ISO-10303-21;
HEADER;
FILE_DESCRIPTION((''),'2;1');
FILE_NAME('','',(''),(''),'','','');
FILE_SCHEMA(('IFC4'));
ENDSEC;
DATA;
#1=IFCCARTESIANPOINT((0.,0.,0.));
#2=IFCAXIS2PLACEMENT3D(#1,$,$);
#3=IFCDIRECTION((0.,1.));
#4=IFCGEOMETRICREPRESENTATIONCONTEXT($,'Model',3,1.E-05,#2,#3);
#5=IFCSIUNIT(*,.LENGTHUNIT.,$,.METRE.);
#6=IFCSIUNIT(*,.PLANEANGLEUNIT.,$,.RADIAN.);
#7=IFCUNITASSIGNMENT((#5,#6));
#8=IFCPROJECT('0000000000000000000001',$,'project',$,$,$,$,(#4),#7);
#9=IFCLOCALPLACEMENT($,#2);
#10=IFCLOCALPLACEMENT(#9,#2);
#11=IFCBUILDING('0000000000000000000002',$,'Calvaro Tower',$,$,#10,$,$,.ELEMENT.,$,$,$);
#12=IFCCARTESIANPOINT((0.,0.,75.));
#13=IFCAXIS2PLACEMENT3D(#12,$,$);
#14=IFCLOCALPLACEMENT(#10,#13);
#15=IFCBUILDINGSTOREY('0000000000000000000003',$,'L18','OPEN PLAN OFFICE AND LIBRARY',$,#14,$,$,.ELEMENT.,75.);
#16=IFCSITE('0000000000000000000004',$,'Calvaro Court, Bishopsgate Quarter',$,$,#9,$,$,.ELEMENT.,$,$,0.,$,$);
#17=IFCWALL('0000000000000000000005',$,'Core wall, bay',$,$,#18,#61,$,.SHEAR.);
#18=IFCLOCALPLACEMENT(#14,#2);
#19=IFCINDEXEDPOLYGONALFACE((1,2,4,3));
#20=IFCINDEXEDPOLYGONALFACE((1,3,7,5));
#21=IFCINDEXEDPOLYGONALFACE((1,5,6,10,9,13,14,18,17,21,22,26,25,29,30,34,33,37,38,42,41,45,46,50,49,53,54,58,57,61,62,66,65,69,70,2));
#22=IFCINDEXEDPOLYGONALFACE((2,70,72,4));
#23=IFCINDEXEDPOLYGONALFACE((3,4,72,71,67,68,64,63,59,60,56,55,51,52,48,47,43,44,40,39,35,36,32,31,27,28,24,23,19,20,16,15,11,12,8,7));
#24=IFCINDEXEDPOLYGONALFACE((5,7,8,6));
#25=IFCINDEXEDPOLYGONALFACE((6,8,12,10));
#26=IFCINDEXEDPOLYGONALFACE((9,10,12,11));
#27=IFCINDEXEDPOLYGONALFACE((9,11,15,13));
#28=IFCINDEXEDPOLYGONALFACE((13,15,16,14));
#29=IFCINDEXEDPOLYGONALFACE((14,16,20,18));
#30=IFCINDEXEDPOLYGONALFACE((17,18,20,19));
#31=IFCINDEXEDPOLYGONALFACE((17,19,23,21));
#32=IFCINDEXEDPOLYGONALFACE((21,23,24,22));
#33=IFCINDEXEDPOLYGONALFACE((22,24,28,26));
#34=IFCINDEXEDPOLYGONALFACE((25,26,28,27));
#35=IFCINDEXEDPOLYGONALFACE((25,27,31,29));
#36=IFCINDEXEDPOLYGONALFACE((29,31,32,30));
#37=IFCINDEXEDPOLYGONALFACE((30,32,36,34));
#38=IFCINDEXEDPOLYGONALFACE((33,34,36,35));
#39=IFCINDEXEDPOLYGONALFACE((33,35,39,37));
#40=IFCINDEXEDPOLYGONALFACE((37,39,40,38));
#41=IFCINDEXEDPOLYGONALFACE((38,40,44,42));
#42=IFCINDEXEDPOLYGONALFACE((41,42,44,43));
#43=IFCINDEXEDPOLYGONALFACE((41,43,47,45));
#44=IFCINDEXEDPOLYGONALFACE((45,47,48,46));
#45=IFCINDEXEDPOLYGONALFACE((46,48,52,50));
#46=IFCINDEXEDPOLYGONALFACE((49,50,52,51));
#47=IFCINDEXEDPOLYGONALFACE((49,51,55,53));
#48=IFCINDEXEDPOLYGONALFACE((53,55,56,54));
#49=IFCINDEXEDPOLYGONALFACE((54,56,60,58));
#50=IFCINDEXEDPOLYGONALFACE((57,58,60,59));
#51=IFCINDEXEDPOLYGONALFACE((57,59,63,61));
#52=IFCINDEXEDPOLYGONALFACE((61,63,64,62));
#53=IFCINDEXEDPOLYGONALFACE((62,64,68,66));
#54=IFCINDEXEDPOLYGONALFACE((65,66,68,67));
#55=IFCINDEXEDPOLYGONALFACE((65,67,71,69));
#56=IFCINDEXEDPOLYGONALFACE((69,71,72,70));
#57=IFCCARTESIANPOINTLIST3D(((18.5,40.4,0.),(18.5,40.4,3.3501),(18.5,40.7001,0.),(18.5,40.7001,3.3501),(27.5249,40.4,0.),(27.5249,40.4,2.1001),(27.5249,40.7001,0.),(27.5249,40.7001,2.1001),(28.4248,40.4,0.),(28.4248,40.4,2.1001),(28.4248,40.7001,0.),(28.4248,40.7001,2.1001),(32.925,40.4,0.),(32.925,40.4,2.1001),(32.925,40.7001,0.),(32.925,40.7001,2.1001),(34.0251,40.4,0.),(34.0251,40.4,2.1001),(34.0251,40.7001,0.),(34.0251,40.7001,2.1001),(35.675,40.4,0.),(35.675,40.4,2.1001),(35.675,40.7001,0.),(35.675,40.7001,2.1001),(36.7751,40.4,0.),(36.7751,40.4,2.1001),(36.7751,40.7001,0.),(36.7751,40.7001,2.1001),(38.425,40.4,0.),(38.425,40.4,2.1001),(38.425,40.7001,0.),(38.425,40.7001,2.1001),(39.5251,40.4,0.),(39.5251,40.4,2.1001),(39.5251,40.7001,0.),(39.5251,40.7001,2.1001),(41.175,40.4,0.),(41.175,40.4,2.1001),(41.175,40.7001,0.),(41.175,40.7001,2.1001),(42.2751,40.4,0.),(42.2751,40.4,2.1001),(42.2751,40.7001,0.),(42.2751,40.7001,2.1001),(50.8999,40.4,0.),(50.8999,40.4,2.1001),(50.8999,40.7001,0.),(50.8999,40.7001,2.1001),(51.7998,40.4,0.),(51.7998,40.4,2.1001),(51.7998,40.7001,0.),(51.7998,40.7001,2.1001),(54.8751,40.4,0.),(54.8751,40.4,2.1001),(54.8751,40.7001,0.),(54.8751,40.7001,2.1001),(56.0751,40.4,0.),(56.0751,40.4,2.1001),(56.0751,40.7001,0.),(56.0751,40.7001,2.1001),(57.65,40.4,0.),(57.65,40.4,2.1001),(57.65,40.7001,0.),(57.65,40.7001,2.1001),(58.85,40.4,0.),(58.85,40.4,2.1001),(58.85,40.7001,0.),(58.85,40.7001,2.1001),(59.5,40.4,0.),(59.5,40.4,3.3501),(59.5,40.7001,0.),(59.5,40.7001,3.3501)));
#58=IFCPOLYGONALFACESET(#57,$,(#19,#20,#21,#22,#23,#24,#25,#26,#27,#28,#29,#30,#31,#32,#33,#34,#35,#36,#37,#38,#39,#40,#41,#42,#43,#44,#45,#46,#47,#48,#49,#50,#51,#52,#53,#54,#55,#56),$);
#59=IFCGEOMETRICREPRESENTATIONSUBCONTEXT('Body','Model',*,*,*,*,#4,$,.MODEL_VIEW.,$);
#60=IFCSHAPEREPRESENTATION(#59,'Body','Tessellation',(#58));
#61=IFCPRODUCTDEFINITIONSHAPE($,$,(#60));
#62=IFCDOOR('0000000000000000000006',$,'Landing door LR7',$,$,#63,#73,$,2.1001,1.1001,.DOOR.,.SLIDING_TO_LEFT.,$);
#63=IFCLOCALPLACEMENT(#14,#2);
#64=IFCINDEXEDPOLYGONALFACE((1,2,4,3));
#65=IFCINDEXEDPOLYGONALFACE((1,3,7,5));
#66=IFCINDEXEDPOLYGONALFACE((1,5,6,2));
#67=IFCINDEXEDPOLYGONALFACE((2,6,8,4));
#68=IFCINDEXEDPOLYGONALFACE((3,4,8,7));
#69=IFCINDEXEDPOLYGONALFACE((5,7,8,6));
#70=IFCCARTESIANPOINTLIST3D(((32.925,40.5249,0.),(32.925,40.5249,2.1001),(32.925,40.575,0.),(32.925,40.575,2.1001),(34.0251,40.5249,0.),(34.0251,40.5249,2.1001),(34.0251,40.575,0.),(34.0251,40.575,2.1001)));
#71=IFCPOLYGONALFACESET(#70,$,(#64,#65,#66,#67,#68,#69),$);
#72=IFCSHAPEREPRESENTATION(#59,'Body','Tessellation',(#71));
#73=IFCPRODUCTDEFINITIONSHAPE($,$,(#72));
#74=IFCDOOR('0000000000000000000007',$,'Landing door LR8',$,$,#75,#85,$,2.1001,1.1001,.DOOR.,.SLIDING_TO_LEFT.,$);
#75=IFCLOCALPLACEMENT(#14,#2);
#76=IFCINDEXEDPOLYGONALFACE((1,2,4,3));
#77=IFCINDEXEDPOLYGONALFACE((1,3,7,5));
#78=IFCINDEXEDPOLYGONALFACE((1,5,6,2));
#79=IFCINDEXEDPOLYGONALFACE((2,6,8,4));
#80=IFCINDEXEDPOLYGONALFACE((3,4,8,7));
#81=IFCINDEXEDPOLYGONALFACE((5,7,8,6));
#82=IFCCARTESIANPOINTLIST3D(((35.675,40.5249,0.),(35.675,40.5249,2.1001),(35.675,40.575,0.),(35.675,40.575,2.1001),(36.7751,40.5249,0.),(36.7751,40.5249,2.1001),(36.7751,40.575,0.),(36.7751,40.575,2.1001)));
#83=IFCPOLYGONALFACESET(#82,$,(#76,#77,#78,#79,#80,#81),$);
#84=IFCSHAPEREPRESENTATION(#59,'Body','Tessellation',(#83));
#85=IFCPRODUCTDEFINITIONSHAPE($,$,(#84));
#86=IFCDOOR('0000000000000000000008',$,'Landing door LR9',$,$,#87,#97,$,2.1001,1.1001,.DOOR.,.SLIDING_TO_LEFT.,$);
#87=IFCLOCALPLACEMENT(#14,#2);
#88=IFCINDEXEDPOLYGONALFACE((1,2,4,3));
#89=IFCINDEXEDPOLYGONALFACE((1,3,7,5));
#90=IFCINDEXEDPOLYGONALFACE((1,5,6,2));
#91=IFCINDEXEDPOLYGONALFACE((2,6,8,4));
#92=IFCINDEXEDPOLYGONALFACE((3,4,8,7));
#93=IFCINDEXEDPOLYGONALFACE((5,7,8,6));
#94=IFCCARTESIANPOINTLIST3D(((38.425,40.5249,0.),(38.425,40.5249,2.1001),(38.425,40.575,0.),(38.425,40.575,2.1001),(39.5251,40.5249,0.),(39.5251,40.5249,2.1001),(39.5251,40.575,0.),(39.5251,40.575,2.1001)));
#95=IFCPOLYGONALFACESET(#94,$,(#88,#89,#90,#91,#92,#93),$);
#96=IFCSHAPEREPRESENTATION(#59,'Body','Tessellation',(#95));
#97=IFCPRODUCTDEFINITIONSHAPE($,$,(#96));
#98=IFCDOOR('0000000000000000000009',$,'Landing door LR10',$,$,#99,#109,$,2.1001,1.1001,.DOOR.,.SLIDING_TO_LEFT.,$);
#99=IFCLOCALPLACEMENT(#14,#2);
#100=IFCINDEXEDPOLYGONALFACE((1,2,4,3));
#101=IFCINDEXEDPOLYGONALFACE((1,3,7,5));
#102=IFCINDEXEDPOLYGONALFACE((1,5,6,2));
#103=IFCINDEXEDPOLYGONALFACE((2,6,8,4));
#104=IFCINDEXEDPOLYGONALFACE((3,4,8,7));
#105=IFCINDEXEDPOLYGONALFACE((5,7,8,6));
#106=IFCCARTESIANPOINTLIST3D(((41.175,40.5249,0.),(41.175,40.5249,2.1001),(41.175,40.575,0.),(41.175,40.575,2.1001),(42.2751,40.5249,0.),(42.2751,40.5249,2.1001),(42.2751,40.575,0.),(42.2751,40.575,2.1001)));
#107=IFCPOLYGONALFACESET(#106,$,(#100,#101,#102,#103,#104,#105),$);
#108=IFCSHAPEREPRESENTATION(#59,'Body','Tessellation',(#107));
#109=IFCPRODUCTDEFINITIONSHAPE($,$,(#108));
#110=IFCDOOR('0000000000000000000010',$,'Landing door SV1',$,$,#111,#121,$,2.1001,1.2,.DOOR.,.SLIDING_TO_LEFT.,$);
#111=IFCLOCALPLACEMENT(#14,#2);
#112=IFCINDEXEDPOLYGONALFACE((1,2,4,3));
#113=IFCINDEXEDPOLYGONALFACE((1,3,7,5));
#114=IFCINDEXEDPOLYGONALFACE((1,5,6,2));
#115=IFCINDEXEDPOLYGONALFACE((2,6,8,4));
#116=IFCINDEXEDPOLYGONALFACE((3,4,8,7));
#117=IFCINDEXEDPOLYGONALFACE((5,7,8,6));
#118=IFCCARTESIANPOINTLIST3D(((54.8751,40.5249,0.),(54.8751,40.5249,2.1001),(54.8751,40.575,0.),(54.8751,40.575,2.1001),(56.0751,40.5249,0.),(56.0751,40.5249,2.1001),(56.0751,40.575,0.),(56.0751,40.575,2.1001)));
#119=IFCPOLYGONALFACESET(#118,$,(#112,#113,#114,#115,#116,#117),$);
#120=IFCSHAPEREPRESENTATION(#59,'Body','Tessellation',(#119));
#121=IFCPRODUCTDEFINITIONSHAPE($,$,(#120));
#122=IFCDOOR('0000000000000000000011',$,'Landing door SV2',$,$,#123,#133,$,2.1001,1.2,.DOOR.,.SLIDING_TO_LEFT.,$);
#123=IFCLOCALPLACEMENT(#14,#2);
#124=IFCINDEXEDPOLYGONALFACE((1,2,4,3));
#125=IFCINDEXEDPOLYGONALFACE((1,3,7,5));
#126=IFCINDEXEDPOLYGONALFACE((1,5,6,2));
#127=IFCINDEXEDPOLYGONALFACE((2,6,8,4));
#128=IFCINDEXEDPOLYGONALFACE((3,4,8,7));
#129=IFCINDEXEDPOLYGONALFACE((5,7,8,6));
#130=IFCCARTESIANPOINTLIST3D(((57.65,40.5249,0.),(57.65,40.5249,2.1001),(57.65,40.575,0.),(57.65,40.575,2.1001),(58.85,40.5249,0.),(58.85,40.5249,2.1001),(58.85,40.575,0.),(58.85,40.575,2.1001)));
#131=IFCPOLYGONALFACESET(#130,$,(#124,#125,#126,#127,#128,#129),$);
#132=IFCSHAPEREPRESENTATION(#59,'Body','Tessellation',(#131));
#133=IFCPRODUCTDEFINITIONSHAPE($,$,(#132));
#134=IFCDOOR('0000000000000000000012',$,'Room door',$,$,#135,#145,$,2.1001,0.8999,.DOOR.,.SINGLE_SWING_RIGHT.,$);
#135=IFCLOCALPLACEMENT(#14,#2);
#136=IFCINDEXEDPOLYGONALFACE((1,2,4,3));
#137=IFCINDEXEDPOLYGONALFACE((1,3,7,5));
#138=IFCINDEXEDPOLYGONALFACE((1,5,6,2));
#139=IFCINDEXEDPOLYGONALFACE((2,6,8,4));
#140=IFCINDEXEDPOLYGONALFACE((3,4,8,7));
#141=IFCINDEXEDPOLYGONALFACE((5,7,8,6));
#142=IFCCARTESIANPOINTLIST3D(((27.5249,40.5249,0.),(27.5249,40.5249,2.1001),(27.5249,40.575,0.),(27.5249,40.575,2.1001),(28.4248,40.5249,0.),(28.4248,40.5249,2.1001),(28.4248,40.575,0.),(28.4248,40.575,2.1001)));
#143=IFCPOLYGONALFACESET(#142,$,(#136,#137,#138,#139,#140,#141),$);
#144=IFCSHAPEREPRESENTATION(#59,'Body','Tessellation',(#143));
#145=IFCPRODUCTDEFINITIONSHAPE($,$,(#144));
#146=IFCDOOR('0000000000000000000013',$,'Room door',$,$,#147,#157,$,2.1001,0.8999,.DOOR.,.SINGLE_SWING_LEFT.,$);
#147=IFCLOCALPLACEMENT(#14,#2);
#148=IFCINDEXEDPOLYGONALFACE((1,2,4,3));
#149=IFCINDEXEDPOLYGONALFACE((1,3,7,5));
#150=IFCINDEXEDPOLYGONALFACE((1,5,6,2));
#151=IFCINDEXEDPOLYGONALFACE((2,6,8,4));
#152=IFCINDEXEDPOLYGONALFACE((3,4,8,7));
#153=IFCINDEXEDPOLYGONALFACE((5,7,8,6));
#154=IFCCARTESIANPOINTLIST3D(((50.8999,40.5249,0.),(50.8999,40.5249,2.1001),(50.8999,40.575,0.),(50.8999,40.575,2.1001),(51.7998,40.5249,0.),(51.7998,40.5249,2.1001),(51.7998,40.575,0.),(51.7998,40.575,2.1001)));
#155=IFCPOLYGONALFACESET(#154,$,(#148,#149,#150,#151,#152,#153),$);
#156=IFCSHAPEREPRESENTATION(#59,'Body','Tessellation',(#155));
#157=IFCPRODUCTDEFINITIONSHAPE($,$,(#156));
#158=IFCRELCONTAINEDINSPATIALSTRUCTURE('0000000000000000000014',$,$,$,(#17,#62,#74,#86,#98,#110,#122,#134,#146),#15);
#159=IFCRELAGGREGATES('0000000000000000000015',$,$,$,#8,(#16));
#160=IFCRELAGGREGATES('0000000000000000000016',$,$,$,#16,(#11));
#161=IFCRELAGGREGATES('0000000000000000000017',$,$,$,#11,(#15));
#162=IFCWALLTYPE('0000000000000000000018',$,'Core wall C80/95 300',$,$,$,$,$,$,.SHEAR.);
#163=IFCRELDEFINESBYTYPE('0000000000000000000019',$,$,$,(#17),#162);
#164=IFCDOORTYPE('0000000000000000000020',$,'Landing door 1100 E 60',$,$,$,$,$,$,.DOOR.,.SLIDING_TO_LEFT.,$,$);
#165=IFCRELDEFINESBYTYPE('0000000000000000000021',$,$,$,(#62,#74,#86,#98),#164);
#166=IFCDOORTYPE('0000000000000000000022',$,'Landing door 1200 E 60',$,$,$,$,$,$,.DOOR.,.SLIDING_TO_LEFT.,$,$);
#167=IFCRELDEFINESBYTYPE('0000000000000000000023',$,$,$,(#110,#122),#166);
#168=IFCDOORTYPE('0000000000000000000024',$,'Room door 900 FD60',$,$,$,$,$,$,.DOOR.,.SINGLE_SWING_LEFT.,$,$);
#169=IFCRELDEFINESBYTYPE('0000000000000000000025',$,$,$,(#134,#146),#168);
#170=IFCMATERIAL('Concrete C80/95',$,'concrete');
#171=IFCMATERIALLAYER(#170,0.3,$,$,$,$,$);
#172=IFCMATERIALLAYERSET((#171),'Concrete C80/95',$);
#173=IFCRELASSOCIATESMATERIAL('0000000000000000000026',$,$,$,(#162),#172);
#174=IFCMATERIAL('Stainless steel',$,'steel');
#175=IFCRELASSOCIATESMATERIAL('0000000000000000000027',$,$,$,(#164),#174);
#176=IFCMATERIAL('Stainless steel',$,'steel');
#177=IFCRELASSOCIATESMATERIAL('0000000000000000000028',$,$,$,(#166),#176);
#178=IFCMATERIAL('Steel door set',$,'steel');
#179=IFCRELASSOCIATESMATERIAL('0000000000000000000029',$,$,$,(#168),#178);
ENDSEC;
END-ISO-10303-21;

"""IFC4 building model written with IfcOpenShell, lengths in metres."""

from ifc_helpers import new_model, si_unit, direction, frame, frame_2d, origin, place, context, subcontext, project, spatial, rectangle, extrude, material, layer, layer_set, type_object, element, fill, save


model = new_model("IFC4")

# Units and contexts
model_context = context("Model", 3, precision=1e-05, world=origin(), true_north=direction((0.0, 1.0)))
body_context = subcontext(model_context, "Body", "Model", "MODEL_VIEW")
ifc_project = project(units=[si_unit("LENGTHUNIT", "METRE"), si_unit("PLANEANGLEUNIT", "RADIAN")], contexts=[model_context])

# Site, building, storey
site_placement = place(None, origin())
site = spatial("IfcSite", under=ifc_project, at=site_placement, Name="Calvaro Court, Bishopsgate Quarter", CompositionType="ELEMENT", RefElevation=0.0)
building_placement = place(site_placement, origin())
building = spatial("IfcBuilding", under=site, at=building_placement, Name="Calvaro Tower", CompositionType="ELEMENT")
storey_placement = place(building_placement, frame((0.0, 0.0, 75.0)))
storey = spatial("IfcBuildingStorey", under=building, at=storey_placement, Name="L18", Description="OPEN PLAN OFFICE AND LIBRARY", CompositionType="ELEMENT", Elevation=75.0)

# Shared definitions
ifc_material_1 = material(Name="Concrete C80/95", Category="concrete")
ifc_layer_1 = layer(ifc_material_1, 0.3)
ifc_layer_set_1 = layer_set([ifc_layer_1], Name="Concrete C80/95")
wall_type_1 = type_object("IfcWallType", Name="Core wall C80/95 300", PredefinedType="SHEAR", material=ifc_layer_set_1)
ifc_material_2 = material(Name="Stainless steel", Category="steel")
door_type_1 = type_object("IfcDoorType", Name="Landing door 1100 E 60", OperationType="SLIDING_TO_LEFT", PredefinedType="DOOR", material=ifc_material_2)

# Wall, openings, doors
wall_1_placement = place(storey_placement, frame((18.5, 40.55, 0.0), z_axis=(0.0, 0.0, 1.0), x_axis=(1.0, 0.0, 0.0)))
wall_1 = element("IfcWall", 1, at=wall_1_placement, inside=storey, type_object=wall_type_1, Name="Core wall, bay", PredefinedType="SHEAR", context=body_context, shape_type="SweptSolid", body=[
    extrude(rectangle(XDim=41.0, YDim=0.3, at=frame_2d((20.5, 0.0))), origin(), (0.0, 0.0, 1.0), 3.3501),
])
opening_1_placement = place(wall_1_placement, frame((9.0249, 0.0, 0.0)))
opening_1 = element("IfcOpeningElement", 2, at=opening_1_placement, cuts=wall_1, PredefinedType="OPENING", context=body_context, shape_type="SweptSolid", body=[
    extrude(rectangle(XDim=0.8999, YDim=2.1001, at=frame_2d((0.45, 1.05))), frame((0.0, 0.1599, 0.0), z_axis=(0.0, -1.0, 0.0), x_axis=(1.0, 0.0, 0.0)), (0.0, 0.0, 1.0), 0.3201),
])
opening_2_placement = place(wall_1_placement, frame((32.3999, 0.0, 0.0)))
opening_2 = element("IfcOpeningElement", 3, at=opening_2_placement, cuts=wall_1, PredefinedType="OPENING", context=body_context, shape_type="SweptSolid", body=[
    extrude(rectangle(XDim=0.8999, YDim=2.1001, at=frame_2d((0.45, 1.05))), frame((0.0, 0.1599, 0.0), z_axis=(0.0, -1.0, 0.0), x_axis=(1.0, 0.0, 0.0)), (0.0, 0.0, 1.0), 0.3201),
])
opening_3_placement = place(wall_1_placement, frame((14.425, 0.0, 0.0)))
opening_3 = element("IfcOpeningElement", 4, at=opening_3_placement, cuts=wall_1, PredefinedType="OPENING", context=body_context, shape_type="SweptSolid", body=[
    extrude(rectangle(XDim=1.1001, YDim=2.1001, at=frame_2d((0.55, 1.05))), frame((0.0, 0.1599, 0.0), z_axis=(0.0, -1.0, 0.0), x_axis=(1.0, 0.0, 0.0)), (0.0, 0.0, 1.0), 0.3201),
])
opening_4_placement = place(wall_1_placement, frame((17.175, 0.0, 0.0)))
opening_4 = element("IfcOpeningElement", 5, at=opening_4_placement, cuts=wall_1, PredefinedType="OPENING", context=body_context, shape_type="SweptSolid", body=[
    extrude(rectangle(XDim=1.1001, YDim=2.1001, at=frame_2d((0.55, 1.05))), frame((0.0, 0.1599, 0.0), z_axis=(0.0, -1.0, 0.0), x_axis=(1.0, 0.0, 0.0)), (0.0, 0.0, 1.0), 0.3201),
])
opening_5_placement = place(wall_1_placement, frame((19.925, 0.0, 0.0)))
opening_5 = element("IfcOpeningElement", 6, at=opening_5_placement, cuts=wall_1, PredefinedType="OPENING", context=body_context, shape_type="SweptSolid", body=[
    extrude(rectangle(XDim=1.1001, YDim=2.1001, at=frame_2d((0.55, 1.05))), frame((0.0, 0.1599, 0.0), z_axis=(0.0, -1.0, 0.0), x_axis=(1.0, 0.0, 0.0)), (0.0, 0.0, 1.0), 0.3201),
])
opening_6_placement = place(wall_1_placement, frame((22.675, 0.0, 0.0)))
opening_6 = element("IfcOpeningElement", 7, at=opening_6_placement, cuts=wall_1, PredefinedType="OPENING", context=body_context, shape_type="SweptSolid", body=[
    extrude(rectangle(XDim=1.1001, YDim=2.1001, at=frame_2d((0.55, 1.05))), frame((0.0, 0.1599, 0.0), z_axis=(0.0, -1.0, 0.0), x_axis=(1.0, 0.0, 0.0)), (0.0, 0.0, 1.0), 0.3201),
])
opening_7_placement = place(wall_1_placement, frame((36.375, 0.0, 0.0)))
opening_7 = element("IfcOpeningElement", 8, at=opening_7_placement, cuts=wall_1, PredefinedType="OPENING", context=body_context, shape_type="SweptSolid", body=[
    extrude(rectangle(XDim=1.2, YDim=2.1001, at=frame_2d((0.6001, 1.05))), frame((0.0, 0.1599, 0.0), z_axis=(0.0, -1.0, 0.0), x_axis=(1.0, 0.0, 0.0)), (0.0, 0.0, 1.0), 0.3201),
])
opening_8_placement = place(wall_1_placement, frame((39.1499, 0.0, 0.0)))
opening_8 = element("IfcOpeningElement", 9, at=opening_8_placement, cuts=wall_1, PredefinedType="OPENING", context=body_context, shape_type="SweptSolid", body=[
    extrude(rectangle(XDim=1.2, YDim=2.1001, at=frame_2d((0.6001, 1.05))), frame((0.0, 0.1599, 0.0), z_axis=(0.0, -1.0, 0.0), x_axis=(1.0, 0.0, 0.0)), (0.0, 0.0, 1.0), 0.3201),
])
door_1_placement = place(opening_3_placement, origin())
door_1 = element("IfcDoor", 10, at=door_1_placement, inside=storey, type_object=door_type_1, Name="Landing door LR7", OperationType="SLIDING_TO_LEFT", OverallHeight=2.1001, OverallWidth=1.1001, PredefinedType="DOOR", context=body_context, shape_type="SweptSolid", body=[
    extrude(rectangle(XDim=1.1001, YDim=2.1001, at=frame_2d((0.55, 1.05))), frame((0.0, 0.0249, 0.0), z_axis=(0.0, -1.0, 0.0), x_axis=(1.0, 0.0, 0.0)), (0.0, 0.0, 1.0), 0.05),
])
fill(opening_3, door_1)
door_2_placement = place(opening_4_placement, origin())
door_2 = element("IfcDoor", 11, at=door_2_placement, inside=storey, type_object=door_type_1, Name="Landing door LR8", OperationType="SLIDING_TO_LEFT", OverallHeight=2.1001, OverallWidth=1.1001, PredefinedType="DOOR", context=body_context, shape_type="SweptSolid", body=[
    extrude(rectangle(XDim=1.1001, YDim=2.1001, at=frame_2d((0.55, 1.05))), frame((0.0, 0.0249, 0.0), z_axis=(0.0, -1.0, 0.0), x_axis=(1.0, 0.0, 0.0)), (0.0, 0.0, 1.0), 0.05),
])
fill(opening_4, door_2)
door_3_placement = place(opening_5_placement, origin())
door_3 = element("IfcDoor", 12, at=door_3_placement, inside=storey, type_object=door_type_1, Name="Landing door LR9", OperationType="SLIDING_TO_LEFT", OverallHeight=2.1001, OverallWidth=1.1001, PredefinedType="DOOR", context=body_context, shape_type="SweptSolid", body=[
    extrude(rectangle(XDim=1.1001, YDim=2.1001, at=frame_2d((0.55, 1.05))), frame((0.0, 0.0249, 0.0), z_axis=(0.0, -1.0, 0.0), x_axis=(1.0, 0.0, 0.0)), (0.0, 0.0, 1.0), 0.05),
])
fill(opening_5, door_3)
door_4_placement = place(opening_6_placement, origin())
door_4 = element("IfcDoor", 13, at=door_4_placement, inside=storey, type_object=door_type_1, Name="Landing door LR10", OperationType="SLIDING_TO_LEFT", OverallHeight=2.1001, OverallWidth=1.1001, PredefinedType="DOOR", context=body_context, shape_type="SweptSolid", body=[
    extrude(rectangle(XDim=1.1001, YDim=2.1001, at=frame_2d((0.55, 1.05))), frame((0.0, 0.0249, 0.0), z_axis=(0.0, -1.0, 0.0), x_axis=(1.0, 0.0, 0.0)), (0.0, 0.0, 1.0), 0.05),
])
fill(opening_6, door_4)
ifc_material_3 = material(Name="Stainless steel", Category="steel")
door_type_2 = type_object("IfcDoorType", Name="Landing door 1200 E 60", OperationType="SLIDING_TO_LEFT", PredefinedType="DOOR", material=ifc_material_3)
door_5_placement = place(opening_7_placement, origin())
door_5 = element("IfcDoor", 14, at=door_5_placement, inside=storey, type_object=door_type_2, Name="Landing door SV1", OperationType="SLIDING_TO_LEFT", OverallHeight=2.1001, OverallWidth=1.2, PredefinedType="DOOR", context=body_context, shape_type="SweptSolid", body=[
    extrude(rectangle(XDim=1.2, YDim=2.1001, at=frame_2d((0.6001, 1.05))), frame((0.0, 0.0249, 0.0), z_axis=(0.0, -1.0, 0.0), x_axis=(1.0, 0.0, 0.0)), (0.0, 0.0, 1.0), 0.05),
])
fill(opening_7, door_5)
door_6_placement = place(opening_8_placement, origin())
door_6 = element("IfcDoor", 15, at=door_6_placement, inside=storey, type_object=door_type_2, Name="Landing door SV2", OperationType="SLIDING_TO_LEFT", OverallHeight=2.1001, OverallWidth=1.2, PredefinedType="DOOR", context=body_context, shape_type="SweptSolid", body=[
    extrude(rectangle(XDim=1.2, YDim=2.1001, at=frame_2d((0.6001, 1.05))), frame((0.0, 0.0249, 0.0), z_axis=(0.0, -1.0, 0.0), x_axis=(1.0, 0.0, 0.0)), (0.0, 0.0, 1.0), 0.05),
])
fill(opening_8, door_6)
ifc_material_4 = material(Name="Steel door set", Category="steel")
door_type_3 = type_object("IfcDoorType", Name="Room door 900 FD60", OperationType="SINGLE_SWING_LEFT", PredefinedType="DOOR", material=ifc_material_4)
door_7_placement = place(opening_1_placement, origin())
door_7 = element("IfcDoor", 16, at=door_7_placement, inside=storey, type_object=door_type_3, Name="Room door", OperationType="SINGLE_SWING_RIGHT", OverallHeight=2.1001, OverallWidth=0.8999, PredefinedType="DOOR", context=body_context, shape_type="SweptSolid", body=[
    extrude(rectangle(XDim=0.8999, YDim=2.1001, at=frame_2d((0.45, 1.05))), frame((0.0, 0.0249, 0.0), z_axis=(0.0, -1.0, 0.0), x_axis=(1.0, 0.0, 0.0)), (0.0, 0.0, 1.0), 0.05),
])
fill(opening_1, door_7)
door_8_placement = place(opening_2_placement, origin())
door_8 = element("IfcDoor", 17, at=door_8_placement, inside=storey, type_object=door_type_3, Name="Room door", OperationType="SINGLE_SWING_LEFT", OverallHeight=2.1001, OverallWidth=0.8999, PredefinedType="DOOR", context=body_context, shape_type="SweptSolid", body=[
    extrude(rectangle(XDim=0.8999, YDim=2.1001, at=frame_2d((0.45, 1.05))), frame((0.0, 0.0249, 0.0), z_axis=(0.0, -1.0, 0.0), x_axis=(1.0, 0.0, 0.0)), (0.0, 0.0, 1.0), 0.05),
])
fill(opening_2, door_8)

save(model, "model.ifc")
